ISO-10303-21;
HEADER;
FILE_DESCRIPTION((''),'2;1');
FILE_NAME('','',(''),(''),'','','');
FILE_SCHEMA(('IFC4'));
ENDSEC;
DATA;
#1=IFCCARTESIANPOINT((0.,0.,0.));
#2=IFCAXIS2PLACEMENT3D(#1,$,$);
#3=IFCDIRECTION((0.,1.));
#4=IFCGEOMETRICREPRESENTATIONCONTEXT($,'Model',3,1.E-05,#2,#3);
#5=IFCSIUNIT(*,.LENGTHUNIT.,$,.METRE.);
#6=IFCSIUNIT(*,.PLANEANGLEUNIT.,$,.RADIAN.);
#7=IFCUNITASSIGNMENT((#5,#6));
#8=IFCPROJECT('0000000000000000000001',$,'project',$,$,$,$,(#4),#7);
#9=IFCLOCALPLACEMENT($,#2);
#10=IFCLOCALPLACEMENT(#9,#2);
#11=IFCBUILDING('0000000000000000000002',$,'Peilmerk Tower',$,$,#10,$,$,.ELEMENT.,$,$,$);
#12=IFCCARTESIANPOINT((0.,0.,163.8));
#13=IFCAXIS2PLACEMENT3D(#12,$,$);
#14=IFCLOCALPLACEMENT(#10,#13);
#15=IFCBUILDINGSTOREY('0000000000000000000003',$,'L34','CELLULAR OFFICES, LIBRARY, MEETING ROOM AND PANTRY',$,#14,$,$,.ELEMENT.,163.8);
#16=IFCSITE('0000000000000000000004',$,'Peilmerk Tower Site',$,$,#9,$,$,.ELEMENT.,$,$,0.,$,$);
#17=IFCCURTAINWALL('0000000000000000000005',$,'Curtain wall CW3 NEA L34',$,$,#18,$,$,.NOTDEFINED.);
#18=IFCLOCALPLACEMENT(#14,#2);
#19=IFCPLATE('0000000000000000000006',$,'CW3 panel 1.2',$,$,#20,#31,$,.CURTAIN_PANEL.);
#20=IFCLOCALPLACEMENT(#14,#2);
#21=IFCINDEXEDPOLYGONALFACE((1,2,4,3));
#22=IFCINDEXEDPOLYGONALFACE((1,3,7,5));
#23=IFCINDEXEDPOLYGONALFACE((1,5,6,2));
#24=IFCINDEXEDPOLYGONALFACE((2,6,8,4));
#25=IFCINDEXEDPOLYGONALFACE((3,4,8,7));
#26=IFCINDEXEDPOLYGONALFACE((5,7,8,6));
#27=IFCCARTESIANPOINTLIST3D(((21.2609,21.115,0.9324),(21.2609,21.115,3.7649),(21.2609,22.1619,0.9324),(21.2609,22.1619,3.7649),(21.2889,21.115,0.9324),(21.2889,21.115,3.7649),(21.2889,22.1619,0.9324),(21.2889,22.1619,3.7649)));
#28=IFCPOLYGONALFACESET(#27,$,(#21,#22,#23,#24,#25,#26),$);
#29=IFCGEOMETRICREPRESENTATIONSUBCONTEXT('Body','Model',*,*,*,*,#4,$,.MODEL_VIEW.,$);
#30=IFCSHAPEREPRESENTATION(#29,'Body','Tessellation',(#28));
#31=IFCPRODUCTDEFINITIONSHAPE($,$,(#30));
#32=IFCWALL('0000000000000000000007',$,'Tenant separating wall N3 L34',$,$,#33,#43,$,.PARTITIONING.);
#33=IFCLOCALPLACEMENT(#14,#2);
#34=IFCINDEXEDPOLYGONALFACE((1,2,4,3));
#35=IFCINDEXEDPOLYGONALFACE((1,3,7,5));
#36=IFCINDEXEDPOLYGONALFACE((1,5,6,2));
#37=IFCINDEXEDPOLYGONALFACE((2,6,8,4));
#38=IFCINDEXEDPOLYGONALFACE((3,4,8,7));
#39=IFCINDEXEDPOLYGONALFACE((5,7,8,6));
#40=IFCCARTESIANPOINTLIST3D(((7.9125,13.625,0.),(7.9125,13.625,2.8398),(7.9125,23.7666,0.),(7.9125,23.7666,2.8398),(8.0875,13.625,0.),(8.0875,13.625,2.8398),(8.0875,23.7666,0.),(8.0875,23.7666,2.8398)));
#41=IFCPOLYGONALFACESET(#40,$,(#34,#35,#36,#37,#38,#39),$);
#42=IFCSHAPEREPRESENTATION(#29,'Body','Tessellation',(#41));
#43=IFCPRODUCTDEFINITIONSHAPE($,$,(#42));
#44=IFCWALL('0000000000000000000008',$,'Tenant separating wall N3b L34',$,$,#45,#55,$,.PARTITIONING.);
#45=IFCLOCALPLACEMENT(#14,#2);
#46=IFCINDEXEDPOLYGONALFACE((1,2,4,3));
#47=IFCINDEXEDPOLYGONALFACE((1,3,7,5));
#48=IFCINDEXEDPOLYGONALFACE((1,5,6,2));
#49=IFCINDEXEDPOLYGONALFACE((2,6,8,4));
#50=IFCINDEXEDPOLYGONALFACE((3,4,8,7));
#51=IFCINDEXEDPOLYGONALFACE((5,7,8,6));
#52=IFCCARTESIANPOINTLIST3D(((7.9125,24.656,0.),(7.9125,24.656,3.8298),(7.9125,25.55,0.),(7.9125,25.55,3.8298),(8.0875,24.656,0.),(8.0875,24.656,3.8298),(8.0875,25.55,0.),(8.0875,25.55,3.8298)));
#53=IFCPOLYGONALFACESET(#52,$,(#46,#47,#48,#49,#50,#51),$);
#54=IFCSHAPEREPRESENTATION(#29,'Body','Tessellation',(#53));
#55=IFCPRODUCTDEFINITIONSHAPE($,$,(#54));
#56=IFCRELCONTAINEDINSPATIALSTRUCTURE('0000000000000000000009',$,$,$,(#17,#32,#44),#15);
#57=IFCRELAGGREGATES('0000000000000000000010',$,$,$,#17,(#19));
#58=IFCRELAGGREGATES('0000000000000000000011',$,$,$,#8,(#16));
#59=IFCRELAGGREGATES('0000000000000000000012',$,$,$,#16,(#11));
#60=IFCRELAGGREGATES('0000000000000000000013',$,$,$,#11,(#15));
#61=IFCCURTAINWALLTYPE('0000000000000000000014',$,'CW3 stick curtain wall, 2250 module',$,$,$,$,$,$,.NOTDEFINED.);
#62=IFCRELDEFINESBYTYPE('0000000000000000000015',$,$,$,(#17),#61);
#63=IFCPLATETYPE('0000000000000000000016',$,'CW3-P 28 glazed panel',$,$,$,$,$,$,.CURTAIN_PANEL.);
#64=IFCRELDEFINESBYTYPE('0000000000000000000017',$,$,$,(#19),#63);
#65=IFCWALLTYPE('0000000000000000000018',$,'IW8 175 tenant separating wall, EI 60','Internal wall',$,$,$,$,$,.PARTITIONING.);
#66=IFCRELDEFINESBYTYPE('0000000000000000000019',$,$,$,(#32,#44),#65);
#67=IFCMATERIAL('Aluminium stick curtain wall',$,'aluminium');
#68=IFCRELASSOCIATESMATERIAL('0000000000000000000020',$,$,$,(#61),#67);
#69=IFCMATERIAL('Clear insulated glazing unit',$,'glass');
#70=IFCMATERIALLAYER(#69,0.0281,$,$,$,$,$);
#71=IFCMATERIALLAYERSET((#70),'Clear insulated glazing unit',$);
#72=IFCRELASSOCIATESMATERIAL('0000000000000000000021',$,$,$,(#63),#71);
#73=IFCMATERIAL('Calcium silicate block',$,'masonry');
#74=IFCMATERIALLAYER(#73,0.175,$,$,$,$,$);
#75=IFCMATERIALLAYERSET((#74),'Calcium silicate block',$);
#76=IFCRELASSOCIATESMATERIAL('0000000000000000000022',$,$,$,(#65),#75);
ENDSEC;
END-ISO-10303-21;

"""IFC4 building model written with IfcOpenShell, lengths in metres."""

from ifc_helpers import new_model, si_unit, direction, frame, frame_2d, origin, origin_2d, place, context, subcontext, project, spatial, rectangle, extrude, material, layer, layer_set, type_object, element, aggregate, save


model = new_model("IFC4")

# Units and contexts
model_context = context("Model", 3, precision=1e-05, world=origin(), true_north=direction((0.0, 1.0)))
body_context = subcontext(model_context, "Body", "Model", "MODEL_VIEW")
ifc_project = project(units=[si_unit("LENGTHUNIT", "METRE"), si_unit("PLANEANGLEUNIT", "RADIAN")], contexts=[model_context])

# Site, building, storey
site_placement = place(None, origin())
site = spatial("IfcSite", under=ifc_project, at=site_placement, Name="Peilmerk Tower Site", CompositionType="ELEMENT", RefElevation=0.0)
building_placement = place(site_placement, origin())
building = spatial("IfcBuilding", under=site, at=building_placement, Name="Peilmerk Tower", CompositionType="ELEMENT")
storey_placement = place(building_placement, frame((0.0, 0.0, 163.8)))
storey = spatial("IfcBuildingStorey", under=building, at=storey_placement, Name="L34", Description="CELLULAR OFFICES, LIBRARY, MEETING ROOM AND PANTRY", CompositionType="ELEMENT", Elevation=163.8)

# Curtain wall, plate
ifc_material_1 = material(Name="Aluminium stick curtain wall", Category="aluminium")
curtain_wall_type = type_object("IfcCurtainWallType", Name="CW3 stick curtain wall, 2250 module", PredefinedType="NOTDEFINED", material=ifc_material_1)
curtain_wall_placement = place(storey_placement, origin())
curtain_wall = element("IfcCurtainWall", 1, at=curtain_wall_placement, inside=storey, type_object=curtain_wall_type, Name="Curtain wall CW3 NEA L34", PredefinedType="NOTDEFINED")
ifc_material_2 = material(Name="Clear insulated glazing unit", Category="glass")
ifc_layer_1 = layer(ifc_material_2, 0.0281)
ifc_layer_set_1 = layer_set([ifc_layer_1], Name="Clear insulated glazing unit")
plate_type = type_object("IfcPlateType", Name="CW3-P 28 glazed panel", PredefinedType="CURTAIN_PANEL", material=ifc_layer_set_1)
plate_1_placement = place(storey_placement, frame((21.2749, 21.6384, 0.9324), z_axis=(0.0, 0.0, 1.0), x_axis=(0.0, 1.0, 0.0)))
plate_1 = element("IfcPlate", 2, at=plate_1_placement, type_object=plate_type, Name="CW3 panel 1.2", PredefinedType="CURTAIN_PANEL", context=body_context, shape_type="SweptSolid", body=[
    extrude(rectangle(XDim=1.0469, YDim=0.0281, at=origin_2d()), origin(), (0.0, 0.0, 1.0), 2.8325),
])
aggregate(curtain_wall, [plate_1])

# Walls
ifc_material_3 = material(Name="Calcium silicate block", Category="masonry")
ifc_layer_2 = layer(ifc_material_3, 0.175)
ifc_layer_set_2 = layer_set([ifc_layer_2], Name="Calcium silicate block")
wall_type = type_object("IfcWallType", Name="IW8 175 tenant separating wall, EI 60", Description="Internal wall", PredefinedType="PARTITIONING", material=ifc_layer_set_2)
wall_1_placement = place(storey_placement, frame((8.0, 13.625, 0.0), z_axis=(0.0, 0.0, 1.0), x_axis=(0.0, 1.0, 0.0)))
element("IfcWall", 3, at=wall_1_placement, inside=storey, type_object=wall_type, Name="Tenant separating wall N3 L34", PredefinedType="PARTITIONING", context=body_context, shape_type="SweptSolid", body=[
    extrude(rectangle(XDim=10.1416, YDim=0.175, at=frame_2d((5.0708, 0.0))), origin(), (0.0, 0.0, 1.0), 2.8398),
])
wall_2_placement = place(storey_placement, frame((8.0, 24.656, 0.0), z_axis=(0.0, 0.0, 1.0), x_axis=(0.0, 1.0, 0.0)))
element("IfcWall", 4, at=wall_2_placement, inside=storey, type_object=wall_type, Name="Tenant separating wall N3b L34", PredefinedType="PARTITIONING", context=body_context, shape_type="SweptSolid", body=[
    extrude(rectangle(XDim=0.894, YDim=0.175, at=frame_2d((0.447, 0.0))), origin(), (0.0, 0.0, 1.0), 3.8298),
])

save(model, "model.ifc")
